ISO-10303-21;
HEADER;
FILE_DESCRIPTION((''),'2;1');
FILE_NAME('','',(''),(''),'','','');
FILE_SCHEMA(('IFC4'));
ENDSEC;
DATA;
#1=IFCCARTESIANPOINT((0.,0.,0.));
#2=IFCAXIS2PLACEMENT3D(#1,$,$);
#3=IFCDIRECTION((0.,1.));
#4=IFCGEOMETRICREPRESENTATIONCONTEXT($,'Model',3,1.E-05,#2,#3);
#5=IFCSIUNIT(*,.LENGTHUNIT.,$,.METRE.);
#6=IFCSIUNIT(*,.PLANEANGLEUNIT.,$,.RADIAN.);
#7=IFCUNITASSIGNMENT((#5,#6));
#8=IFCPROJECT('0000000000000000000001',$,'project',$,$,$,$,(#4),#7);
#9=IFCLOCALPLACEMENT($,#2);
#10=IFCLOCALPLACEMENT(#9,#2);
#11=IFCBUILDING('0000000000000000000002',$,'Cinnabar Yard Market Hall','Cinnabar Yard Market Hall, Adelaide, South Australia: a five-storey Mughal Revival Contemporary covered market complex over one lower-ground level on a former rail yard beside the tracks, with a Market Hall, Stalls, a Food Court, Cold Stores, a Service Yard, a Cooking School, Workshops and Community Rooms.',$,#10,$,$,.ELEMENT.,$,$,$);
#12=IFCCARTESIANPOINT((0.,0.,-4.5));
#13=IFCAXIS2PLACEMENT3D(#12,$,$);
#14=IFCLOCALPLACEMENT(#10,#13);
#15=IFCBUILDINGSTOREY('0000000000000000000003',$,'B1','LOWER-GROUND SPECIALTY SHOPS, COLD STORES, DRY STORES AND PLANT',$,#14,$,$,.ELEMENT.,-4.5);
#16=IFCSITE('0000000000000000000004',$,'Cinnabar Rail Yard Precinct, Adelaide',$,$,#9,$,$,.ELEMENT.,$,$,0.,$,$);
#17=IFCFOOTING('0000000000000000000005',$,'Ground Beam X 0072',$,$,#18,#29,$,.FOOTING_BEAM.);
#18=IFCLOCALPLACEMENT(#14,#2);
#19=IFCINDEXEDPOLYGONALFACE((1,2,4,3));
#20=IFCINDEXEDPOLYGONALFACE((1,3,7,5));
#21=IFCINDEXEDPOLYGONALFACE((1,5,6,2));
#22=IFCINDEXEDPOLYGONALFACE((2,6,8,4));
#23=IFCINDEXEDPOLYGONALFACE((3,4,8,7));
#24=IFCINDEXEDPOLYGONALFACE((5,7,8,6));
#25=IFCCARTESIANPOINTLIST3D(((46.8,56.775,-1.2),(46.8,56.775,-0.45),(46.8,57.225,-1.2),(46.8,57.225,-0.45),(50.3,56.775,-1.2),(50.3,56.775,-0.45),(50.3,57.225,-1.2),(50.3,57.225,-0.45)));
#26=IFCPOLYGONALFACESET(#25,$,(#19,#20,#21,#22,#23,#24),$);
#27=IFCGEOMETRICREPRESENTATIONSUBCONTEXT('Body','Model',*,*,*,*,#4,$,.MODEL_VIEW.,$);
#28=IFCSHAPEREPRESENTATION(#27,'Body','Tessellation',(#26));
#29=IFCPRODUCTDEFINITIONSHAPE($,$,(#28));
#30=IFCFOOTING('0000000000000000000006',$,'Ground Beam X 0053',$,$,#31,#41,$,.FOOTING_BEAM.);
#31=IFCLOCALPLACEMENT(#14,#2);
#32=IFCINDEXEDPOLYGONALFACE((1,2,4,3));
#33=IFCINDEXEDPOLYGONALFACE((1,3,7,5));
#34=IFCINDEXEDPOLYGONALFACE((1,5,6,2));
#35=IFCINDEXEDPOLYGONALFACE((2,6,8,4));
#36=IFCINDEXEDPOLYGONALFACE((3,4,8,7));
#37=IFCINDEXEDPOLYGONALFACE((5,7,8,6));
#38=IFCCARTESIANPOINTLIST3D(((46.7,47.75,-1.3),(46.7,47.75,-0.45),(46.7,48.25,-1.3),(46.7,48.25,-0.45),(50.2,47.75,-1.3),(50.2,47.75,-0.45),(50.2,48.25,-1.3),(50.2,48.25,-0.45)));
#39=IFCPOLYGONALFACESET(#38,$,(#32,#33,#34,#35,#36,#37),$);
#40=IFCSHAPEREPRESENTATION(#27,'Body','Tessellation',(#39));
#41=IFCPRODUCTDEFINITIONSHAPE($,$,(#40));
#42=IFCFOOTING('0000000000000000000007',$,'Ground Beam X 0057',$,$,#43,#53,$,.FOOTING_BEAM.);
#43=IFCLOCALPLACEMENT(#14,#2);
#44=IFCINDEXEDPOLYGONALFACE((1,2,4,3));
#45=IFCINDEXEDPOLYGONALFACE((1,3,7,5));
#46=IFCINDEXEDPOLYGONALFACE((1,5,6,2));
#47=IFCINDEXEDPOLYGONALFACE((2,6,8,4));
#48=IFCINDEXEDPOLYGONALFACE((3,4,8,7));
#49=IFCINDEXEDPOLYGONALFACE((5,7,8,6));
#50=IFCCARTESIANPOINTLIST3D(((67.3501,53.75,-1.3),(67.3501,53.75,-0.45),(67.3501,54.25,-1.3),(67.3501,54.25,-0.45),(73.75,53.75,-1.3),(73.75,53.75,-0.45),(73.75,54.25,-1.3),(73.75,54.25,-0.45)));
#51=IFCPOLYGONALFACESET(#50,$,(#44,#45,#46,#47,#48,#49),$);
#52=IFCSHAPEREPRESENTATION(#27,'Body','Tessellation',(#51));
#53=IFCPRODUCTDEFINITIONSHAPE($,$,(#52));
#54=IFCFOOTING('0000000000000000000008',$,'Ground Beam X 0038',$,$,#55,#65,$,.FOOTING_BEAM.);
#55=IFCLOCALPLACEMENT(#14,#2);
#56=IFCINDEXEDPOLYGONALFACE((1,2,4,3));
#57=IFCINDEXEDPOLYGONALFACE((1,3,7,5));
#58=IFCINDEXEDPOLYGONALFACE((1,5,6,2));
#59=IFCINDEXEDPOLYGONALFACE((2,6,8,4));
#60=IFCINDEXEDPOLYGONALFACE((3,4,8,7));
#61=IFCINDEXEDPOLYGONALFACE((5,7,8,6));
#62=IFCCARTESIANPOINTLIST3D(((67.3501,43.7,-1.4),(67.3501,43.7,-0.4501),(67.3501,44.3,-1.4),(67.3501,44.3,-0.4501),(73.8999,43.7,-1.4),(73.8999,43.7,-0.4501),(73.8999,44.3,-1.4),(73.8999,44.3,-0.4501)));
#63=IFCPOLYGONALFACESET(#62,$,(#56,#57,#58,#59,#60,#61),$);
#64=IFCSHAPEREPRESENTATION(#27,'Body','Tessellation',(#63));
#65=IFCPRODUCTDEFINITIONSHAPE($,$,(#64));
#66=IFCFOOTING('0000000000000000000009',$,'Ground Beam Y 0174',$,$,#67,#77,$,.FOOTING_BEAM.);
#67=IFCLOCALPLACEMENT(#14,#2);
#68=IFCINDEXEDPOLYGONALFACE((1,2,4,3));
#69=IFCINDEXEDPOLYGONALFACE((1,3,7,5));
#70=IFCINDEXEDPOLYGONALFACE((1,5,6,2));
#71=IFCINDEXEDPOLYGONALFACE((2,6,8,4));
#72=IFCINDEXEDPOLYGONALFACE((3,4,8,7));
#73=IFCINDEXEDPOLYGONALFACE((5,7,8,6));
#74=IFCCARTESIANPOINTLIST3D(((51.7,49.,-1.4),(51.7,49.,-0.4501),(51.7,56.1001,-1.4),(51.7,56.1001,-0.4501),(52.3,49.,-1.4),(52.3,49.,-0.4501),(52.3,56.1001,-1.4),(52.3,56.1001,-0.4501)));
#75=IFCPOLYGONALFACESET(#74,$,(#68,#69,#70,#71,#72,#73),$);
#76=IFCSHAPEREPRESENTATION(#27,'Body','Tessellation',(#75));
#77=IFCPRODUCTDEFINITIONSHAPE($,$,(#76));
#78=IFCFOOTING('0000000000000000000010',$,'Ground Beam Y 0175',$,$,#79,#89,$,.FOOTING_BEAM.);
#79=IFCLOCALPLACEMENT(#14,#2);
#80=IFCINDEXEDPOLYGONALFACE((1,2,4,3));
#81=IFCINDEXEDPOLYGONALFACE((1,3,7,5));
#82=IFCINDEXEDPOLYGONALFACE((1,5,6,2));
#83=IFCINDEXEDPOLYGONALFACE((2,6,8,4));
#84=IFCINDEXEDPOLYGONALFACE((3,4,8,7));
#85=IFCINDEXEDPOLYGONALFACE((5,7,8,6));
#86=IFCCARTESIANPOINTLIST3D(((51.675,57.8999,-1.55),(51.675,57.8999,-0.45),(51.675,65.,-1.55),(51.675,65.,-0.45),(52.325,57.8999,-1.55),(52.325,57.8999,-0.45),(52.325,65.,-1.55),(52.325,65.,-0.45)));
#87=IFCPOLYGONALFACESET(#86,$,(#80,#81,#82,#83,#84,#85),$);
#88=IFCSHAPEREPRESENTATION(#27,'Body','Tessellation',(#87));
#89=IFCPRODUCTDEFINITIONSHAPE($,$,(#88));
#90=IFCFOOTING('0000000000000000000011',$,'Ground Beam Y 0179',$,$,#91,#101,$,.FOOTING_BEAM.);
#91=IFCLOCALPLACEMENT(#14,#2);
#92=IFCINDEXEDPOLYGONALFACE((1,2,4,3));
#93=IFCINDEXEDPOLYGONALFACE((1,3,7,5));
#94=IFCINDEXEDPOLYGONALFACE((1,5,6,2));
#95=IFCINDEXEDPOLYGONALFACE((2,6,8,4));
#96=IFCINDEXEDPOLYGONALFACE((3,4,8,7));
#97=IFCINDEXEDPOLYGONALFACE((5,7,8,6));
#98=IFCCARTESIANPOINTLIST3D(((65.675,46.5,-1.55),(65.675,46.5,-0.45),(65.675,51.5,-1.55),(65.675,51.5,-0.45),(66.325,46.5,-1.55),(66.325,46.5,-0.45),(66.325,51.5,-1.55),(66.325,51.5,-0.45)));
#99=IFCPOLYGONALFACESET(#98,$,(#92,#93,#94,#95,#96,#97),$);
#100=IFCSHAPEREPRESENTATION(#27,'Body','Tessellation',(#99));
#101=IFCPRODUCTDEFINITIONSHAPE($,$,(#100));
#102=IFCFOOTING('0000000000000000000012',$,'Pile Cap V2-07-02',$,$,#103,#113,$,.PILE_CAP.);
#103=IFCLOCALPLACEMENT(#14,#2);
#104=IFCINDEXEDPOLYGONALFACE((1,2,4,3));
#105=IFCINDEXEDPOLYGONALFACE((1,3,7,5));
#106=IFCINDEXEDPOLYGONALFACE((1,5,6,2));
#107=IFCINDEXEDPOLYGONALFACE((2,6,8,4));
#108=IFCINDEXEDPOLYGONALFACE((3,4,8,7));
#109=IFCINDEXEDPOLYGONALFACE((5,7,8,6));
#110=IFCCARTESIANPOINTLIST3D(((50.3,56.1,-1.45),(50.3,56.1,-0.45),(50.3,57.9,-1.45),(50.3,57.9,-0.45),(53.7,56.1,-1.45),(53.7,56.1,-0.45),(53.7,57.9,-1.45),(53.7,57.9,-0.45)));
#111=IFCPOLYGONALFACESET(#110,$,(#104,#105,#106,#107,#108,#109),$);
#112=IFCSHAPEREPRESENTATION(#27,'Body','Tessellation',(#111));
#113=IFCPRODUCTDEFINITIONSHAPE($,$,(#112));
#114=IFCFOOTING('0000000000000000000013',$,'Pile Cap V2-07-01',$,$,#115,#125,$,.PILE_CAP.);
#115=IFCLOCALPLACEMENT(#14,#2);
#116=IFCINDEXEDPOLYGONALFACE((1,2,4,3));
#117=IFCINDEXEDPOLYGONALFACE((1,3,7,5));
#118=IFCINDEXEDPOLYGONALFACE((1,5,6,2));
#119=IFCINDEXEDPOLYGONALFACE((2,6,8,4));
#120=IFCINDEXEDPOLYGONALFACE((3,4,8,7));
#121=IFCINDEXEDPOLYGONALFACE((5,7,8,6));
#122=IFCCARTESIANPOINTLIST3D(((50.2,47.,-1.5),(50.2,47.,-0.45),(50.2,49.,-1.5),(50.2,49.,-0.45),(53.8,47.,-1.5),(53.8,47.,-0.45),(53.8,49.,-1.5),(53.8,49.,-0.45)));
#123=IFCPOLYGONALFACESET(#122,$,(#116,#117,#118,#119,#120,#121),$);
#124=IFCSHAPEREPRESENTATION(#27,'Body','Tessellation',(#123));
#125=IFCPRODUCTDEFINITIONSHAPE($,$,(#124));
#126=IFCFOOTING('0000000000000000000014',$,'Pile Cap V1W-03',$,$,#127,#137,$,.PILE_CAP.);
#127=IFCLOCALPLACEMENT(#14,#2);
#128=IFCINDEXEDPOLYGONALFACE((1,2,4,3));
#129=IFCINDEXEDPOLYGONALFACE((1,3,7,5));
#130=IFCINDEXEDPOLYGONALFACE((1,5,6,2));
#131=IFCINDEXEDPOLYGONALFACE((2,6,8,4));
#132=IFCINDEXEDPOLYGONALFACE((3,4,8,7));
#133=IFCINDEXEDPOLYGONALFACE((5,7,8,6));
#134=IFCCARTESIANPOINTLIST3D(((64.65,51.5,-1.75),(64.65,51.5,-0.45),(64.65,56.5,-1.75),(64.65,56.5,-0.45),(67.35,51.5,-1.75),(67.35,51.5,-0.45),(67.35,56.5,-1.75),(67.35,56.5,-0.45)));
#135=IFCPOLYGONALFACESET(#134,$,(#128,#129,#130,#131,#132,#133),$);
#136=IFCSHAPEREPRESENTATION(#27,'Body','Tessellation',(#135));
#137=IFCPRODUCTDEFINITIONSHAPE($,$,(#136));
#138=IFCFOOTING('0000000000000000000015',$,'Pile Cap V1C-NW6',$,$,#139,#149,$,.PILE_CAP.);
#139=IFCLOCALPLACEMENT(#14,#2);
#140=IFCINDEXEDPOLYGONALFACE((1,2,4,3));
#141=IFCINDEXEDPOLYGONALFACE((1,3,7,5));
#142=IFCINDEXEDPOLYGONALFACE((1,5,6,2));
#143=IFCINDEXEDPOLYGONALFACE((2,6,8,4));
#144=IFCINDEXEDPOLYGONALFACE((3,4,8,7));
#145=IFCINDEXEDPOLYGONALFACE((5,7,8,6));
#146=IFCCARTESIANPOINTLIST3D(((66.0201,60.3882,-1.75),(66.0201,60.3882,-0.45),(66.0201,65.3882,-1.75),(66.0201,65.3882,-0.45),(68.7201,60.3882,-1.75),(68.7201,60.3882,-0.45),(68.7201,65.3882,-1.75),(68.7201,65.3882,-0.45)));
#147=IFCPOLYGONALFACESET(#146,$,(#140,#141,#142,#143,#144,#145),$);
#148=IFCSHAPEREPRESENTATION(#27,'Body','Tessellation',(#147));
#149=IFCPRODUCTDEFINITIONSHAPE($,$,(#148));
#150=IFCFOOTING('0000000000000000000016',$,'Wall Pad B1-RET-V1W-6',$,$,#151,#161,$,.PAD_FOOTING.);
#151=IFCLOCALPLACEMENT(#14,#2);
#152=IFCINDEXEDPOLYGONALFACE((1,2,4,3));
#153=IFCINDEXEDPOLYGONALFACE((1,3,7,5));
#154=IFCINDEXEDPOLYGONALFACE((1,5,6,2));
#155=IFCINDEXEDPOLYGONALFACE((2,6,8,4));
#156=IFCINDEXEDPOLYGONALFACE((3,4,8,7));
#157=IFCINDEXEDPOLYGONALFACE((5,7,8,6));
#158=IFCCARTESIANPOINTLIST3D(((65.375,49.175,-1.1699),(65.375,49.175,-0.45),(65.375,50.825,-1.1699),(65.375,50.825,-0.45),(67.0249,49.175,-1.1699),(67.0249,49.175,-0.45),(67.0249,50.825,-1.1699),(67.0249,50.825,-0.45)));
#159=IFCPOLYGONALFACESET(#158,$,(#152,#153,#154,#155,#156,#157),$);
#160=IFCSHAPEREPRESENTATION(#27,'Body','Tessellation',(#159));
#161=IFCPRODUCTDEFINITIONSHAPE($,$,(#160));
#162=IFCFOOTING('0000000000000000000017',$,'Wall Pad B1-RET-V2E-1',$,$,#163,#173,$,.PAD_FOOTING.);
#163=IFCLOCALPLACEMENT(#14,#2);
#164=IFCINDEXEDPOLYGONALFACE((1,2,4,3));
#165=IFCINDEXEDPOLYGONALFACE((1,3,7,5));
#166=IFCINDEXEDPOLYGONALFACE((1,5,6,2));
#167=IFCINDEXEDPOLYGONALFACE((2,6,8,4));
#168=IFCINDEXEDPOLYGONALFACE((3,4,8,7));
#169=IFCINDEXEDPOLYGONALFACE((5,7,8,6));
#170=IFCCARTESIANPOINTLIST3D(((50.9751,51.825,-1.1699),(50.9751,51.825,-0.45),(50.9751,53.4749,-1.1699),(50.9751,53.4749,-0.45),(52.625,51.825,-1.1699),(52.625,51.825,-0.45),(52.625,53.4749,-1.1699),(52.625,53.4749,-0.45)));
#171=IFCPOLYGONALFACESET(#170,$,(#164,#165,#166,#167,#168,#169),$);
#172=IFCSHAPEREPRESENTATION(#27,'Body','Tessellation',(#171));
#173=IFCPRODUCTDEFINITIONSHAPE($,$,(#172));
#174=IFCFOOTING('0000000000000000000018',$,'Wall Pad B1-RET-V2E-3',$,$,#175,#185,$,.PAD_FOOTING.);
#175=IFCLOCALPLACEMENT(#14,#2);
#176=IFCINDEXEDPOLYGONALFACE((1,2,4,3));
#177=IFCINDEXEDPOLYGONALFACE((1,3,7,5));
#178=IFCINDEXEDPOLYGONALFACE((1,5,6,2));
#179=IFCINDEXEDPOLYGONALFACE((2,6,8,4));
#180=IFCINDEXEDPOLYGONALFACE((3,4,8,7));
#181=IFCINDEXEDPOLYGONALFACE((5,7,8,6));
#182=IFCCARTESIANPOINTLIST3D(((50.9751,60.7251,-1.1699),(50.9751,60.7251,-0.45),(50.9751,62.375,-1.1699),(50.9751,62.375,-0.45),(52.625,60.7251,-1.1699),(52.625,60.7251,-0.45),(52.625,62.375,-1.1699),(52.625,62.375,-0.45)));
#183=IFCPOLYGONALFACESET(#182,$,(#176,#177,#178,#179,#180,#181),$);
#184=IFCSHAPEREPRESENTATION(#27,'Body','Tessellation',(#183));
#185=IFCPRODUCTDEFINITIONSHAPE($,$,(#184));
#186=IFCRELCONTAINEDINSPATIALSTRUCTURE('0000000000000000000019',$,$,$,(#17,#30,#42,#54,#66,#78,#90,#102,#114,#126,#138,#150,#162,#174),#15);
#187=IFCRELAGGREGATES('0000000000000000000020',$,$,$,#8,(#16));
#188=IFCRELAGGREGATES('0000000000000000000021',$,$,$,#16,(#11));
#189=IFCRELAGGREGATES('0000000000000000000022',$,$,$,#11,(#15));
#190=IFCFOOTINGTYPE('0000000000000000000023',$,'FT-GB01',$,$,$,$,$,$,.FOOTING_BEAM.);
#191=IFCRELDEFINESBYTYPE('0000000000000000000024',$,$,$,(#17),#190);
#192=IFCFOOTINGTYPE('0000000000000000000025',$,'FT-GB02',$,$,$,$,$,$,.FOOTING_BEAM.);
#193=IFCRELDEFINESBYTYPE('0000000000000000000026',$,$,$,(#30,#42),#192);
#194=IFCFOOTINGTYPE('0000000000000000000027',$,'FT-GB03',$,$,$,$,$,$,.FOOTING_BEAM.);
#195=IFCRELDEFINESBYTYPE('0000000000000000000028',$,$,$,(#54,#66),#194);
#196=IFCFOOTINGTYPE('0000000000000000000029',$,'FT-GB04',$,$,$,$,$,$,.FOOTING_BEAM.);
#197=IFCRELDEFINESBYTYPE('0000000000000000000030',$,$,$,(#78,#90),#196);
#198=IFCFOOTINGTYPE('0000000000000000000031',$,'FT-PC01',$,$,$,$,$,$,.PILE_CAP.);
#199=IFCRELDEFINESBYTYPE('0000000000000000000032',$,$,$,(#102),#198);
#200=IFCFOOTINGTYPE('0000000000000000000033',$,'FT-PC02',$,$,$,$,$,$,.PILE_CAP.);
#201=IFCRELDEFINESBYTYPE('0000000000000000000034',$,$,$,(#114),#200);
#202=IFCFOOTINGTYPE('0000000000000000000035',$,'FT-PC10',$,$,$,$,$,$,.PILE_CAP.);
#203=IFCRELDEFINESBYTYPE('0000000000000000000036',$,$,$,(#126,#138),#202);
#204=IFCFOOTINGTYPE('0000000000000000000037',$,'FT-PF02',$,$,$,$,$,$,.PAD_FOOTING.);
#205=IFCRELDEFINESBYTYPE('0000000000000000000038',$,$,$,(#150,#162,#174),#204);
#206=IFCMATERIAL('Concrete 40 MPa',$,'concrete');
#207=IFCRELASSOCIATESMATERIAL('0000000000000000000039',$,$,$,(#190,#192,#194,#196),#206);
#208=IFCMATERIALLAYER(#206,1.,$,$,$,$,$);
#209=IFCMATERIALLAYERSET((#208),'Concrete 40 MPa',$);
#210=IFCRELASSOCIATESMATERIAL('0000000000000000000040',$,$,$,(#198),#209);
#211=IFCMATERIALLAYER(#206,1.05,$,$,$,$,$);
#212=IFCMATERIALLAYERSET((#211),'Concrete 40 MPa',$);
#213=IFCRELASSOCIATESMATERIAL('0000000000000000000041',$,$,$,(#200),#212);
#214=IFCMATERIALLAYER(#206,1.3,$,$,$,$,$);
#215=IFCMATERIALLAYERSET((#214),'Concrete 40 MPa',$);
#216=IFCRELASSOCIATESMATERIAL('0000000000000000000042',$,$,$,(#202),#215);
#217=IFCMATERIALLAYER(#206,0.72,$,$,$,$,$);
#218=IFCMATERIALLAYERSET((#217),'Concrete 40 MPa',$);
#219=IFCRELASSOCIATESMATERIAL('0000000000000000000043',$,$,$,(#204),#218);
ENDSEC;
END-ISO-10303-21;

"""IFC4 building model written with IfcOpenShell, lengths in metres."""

from ifc_helpers import new_model, si_unit, direction, frame, origin, origin_2d_with_axis, place, context, subcontext, project, spatial, rectangle, extrude, material, layer, layer_set, material_profile, profile_set, type_object, element, save


model = new_model("IFC4")

# Units and contexts
model_context = context("Model", 3, precision=1e-05, world=origin(), true_north=direction((0.0, 1.0)))
body_context = subcontext(model_context, "Body", "Model", "MODEL_VIEW")
ifc_project = project(units=[si_unit("LENGTHUNIT", "METRE"), si_unit("PLANEANGLEUNIT", "RADIAN")], contexts=[model_context])

# Site, building, storey
site_placement = place(None, origin())
site = spatial("IfcSite", under=ifc_project, at=site_placement, Name="Cinnabar Rail Yard Precinct, Adelaide", CompositionType="ELEMENT", RefElevation=0.0)
building_placement = place(site_placement, origin())
building = spatial("IfcBuilding", under=site, at=building_placement, Name="Cinnabar Yard Market Hall", Description="Cinnabar Yard Market Hall, Adelaide, South Australia: a five-storey Mughal Revival Contemporary covered market complex over one lower-ground level on a former rail yard beside the tracks, with a Market Hall, Stalls, a Food Court, Cold Stores, a Service Yard, a Cooking School, Workshops and Community Rooms.", CompositionType="ELEMENT")
storey_placement = place(building_placement, frame((0.0, 0.0, -4.5)))
storey = spatial("IfcBuildingStorey", under=building, at=storey_placement, Name="B1", Description="LOWER-GROUND SPECIALTY SHOPS, COLD STORES, DRY STORES AND PLANT", CompositionType="ELEMENT", Elevation=-4.5)

# Footings
ifc_material_1 = material(Name="Concrete 40 MPa", Category="concrete")
ifc_material_profile_1 = material_profile(ifc_material_1, rectangle(XDim=0.45, YDim=0.75, at=origin_2d_with_axis()), Name="GB-450x750")
ifc_profile_set_1 = profile_set([ifc_material_profile_1], Name="Concrete 40 MPa")
footing_type_1 = type_object("IfcFootingType", Name="FT-GB01", PredefinedType="FOOTING_BEAM", material=ifc_profile_set_1)
footing_1_placement = place(storey_placement, frame((46.8, 57.0, -0.825), z_axis=(1.0, 0.0, 0.0), x_axis=(0.0, 1.0, 0.0)))
element("IfcFooting", 1, at=footing_1_placement, inside=storey, type_object=footing_type_1, Name="Ground Beam X 0072", PredefinedType="FOOTING_BEAM", context=body_context, shape_type="SweptSolid", body=[
    extrude(rectangle(XDim=0.45, YDim=0.75, at=origin_2d_with_axis()), origin(), (0.0, 0.0, 1.0), 3.5),
])
ifc_material_profile_2 = material_profile(ifc_material_1, rectangle(XDim=0.5, YDim=0.8501, at=origin_2d_with_axis()), Name="GB-500x850")
ifc_profile_set_2 = profile_set([ifc_material_profile_2], Name="Concrete 40 MPa")
footing_type_2 = type_object("IfcFootingType", Name="FT-GB02", PredefinedType="FOOTING_BEAM", material=ifc_profile_set_2)
footing_2_placement = place(storey_placement, frame((46.7, 48.0, -0.875), z_axis=(1.0, 0.0, 0.0), x_axis=(0.0, 1.0, 0.0)))
element("IfcFooting", 2, at=footing_2_placement, inside=storey, type_object=footing_type_2, Name="Ground Beam X 0053", PredefinedType="FOOTING_BEAM", context=body_context, shape_type="SweptSolid", body=[
    extrude(rectangle(XDim=0.5, YDim=0.8501, at=origin_2d_with_axis()), origin(), (0.0, 0.0, 1.0), 3.5),
])
footing_3_placement = place(storey_placement, frame((67.3501, 54.0, -0.875), z_axis=(1.0, 0.0, 0.0), x_axis=(0.0, 1.0, 0.0)))
element("IfcFooting", 3, at=footing_3_placement, inside=storey, type_object=footing_type_2, Name="Ground Beam X 0057", PredefinedType="FOOTING_BEAM", context=body_context, shape_type="SweptSolid", body=[
    extrude(rectangle(XDim=0.5, YDim=0.8501, at=origin_2d_with_axis()), origin(), (0.0, 0.0, 1.0), 6.3999),
])
ifc_material_profile_3 = material_profile(ifc_material_1, rectangle(XDim=0.6001, YDim=0.95, at=origin_2d_with_axis()), Name="GB-600x950")
ifc_profile_set_3 = profile_set([ifc_material_profile_3], Name="Concrete 40 MPa")
footing_type_3 = type_object("IfcFootingType", Name="FT-GB03", PredefinedType="FOOTING_BEAM", material=ifc_profile_set_3)
footing_4_placement = place(storey_placement, frame((67.3501, 44.0, -0.925), z_axis=(1.0, 0.0, 0.0), x_axis=(0.0, 1.0, 0.0)))
element("IfcFooting", 4, at=footing_4_placement, inside=storey, type_object=footing_type_3, Name="Ground Beam X 0038", PredefinedType="FOOTING_BEAM", context=body_context, shape_type="SweptSolid", body=[
    extrude(rectangle(XDim=0.6001, YDim=0.95, at=origin_2d_with_axis()), origin(), (0.0, 0.0, 1.0), 6.5498),
])
footing_5_placement = place(storey_placement, frame((52.0, 49.0, -0.925), z_axis=(0.0, 1.0, 0.0), x_axis=(-1.0, 0.0, 0.0)))
element("IfcFooting", 5, at=footing_5_placement, inside=storey, type_object=footing_type_3, Name="Ground Beam Y 0174", PredefinedType="FOOTING_BEAM", context=body_context, shape_type="SweptSolid", body=[
    extrude(rectangle(XDim=0.6001, YDim=0.95, at=origin_2d_with_axis()), origin(), (0.0, 0.0, 1.0), 7.1001),
])
ifc_material_profile_4 = material_profile(ifc_material_1, rectangle(XDim=0.6499, YDim=1.1001, at=origin_2d_with_axis()), Name="GB-650x1100")
ifc_profile_set_4 = profile_set([ifc_material_profile_4], Name="Concrete 40 MPa")
footing_type_4 = type_object("IfcFootingType", Name="FT-GB04", PredefinedType="FOOTING_BEAM", material=ifc_profile_set_4)
footing_6_placement = place(storey_placement, frame((52.0, 57.8999, -1.0), z_axis=(0.0, 1.0, 0.0), x_axis=(-1.0, 0.0, 0.0)))
element("IfcFooting", 6, at=footing_6_placement, inside=storey, type_object=footing_type_4, Name="Ground Beam Y 0175", PredefinedType="FOOTING_BEAM", context=body_context, shape_type="SweptSolid", body=[
    extrude(rectangle(XDim=0.6499, YDim=1.1001, at=origin_2d_with_axis()), origin(), (0.0, 0.0, 1.0), 7.1001),
])
footing_7_placement = place(storey_placement, frame((66.0, 46.5, -1.0), z_axis=(0.0, 1.0, 0.0), x_axis=(-1.0, 0.0, 0.0)))
element("IfcFooting", 7, at=footing_7_placement, inside=storey, type_object=footing_type_4, Name="Ground Beam Y 0179", PredefinedType="FOOTING_BEAM", context=body_context, shape_type="SweptSolid", body=[
    extrude(rectangle(XDim=0.6499, YDim=1.1001, at=origin_2d_with_axis()), origin(), (0.0, 0.0, 1.0), 5.0),
])
ifc_layer_1 = layer(ifc_material_1, 1.0)
ifc_layer_set_1 = layer_set([ifc_layer_1], Name="Concrete 40 MPa")
footing_type_5 = type_object("IfcFootingType", Name="FT-PC01", PredefinedType="PILE_CAP", material=ifc_layer_set_1)
footing_8_placement = place(storey_placement, frame((52.0, 57.0, -1.45), z_axis=(0.0, 0.0, 1.0), x_axis=(1.0, 0.0, 0.0)))
element("IfcFooting", 8, at=footing_8_placement, inside=storey, type_object=footing_type_5, Name="Pile Cap V2-07-02", PredefinedType="PILE_CAP", context=body_context, shape_type="SweptSolid", body=[
    extrude(rectangle(XDim=3.3999, YDim=1.8, at=origin_2d_with_axis()), origin(), (0.0, 0.0, 1.0), 1.0),
])
ifc_layer_2 = layer(ifc_material_1, 1.05)
ifc_layer_set_2 = layer_set([ifc_layer_2], Name="Concrete 40 MPa")
footing_type_6 = type_object("IfcFootingType", Name="FT-PC02", PredefinedType="PILE_CAP", material=ifc_layer_set_2)
footing_9_placement = place(storey_placement, frame((52.0, 48.0, -1.5), z_axis=(0.0, 0.0, 1.0), x_axis=(1.0, 0.0, 0.0)))
element("IfcFooting", 9, at=footing_9_placement, inside=storey, type_object=footing_type_6, Name="Pile Cap V2-07-01", PredefinedType="PILE_CAP", context=body_context, shape_type="SweptSolid", body=[
    extrude(rectangle(XDim=3.6001, YDim=2.0, at=origin_2d_with_axis()), origin(), (0.0, 0.0, 1.0), 1.05),
])
ifc_layer_3 = layer(ifc_material_1, 1.3)
ifc_layer_set_3 = layer_set([ifc_layer_3], Name="Concrete 40 MPa")
footing_type_7 = type_object("IfcFootingType", Name="FT-PC10", PredefinedType="PILE_CAP", material=ifc_layer_set_3)
for number, where, z_axis, x_axis, name in (
    (10, (66.0, 54.0, -1.75), (0.0, 0.0, 1.0), (1.0, 0.0, 0.0), "Pile Cap V1W-03"),
    (11, (67.3701, 62.8882, -1.75), (0.0, 0.0, 1.0), (1.0, 0.0, 0.0), "Pile Cap V1C-NW6"),
):
    element("IfcFooting", number, at=place(storey_placement, frame(where, z_axis=z_axis, x_axis=x_axis)), inside=storey, type_object=footing_type_7, Name=name, PredefinedType="PILE_CAP", context=body_context, shape_type="SweptSolid", body=[
        extrude(rectangle(XDim=2.7, YDim=5.0, at=origin_2d_with_axis()), origin(), (0.0, 0.0, 1.0), 1.3),
    ])
ifc_layer_4 = layer(ifc_material_1, 0.72)
ifc_layer_set_4 = layer_set([ifc_layer_4], Name="Concrete 40 MPa")
footing_type_8 = type_object("IfcFootingType", Name="FT-PF02", PredefinedType="PAD_FOOTING", material=ifc_layer_set_4)
for number, where, z_axis, x_axis, name in (
    (12, (66.2, 50.0, -1.1699), (0.0, 0.0, 1.0), (1.0, 0.0, 0.0), "Wall Pad B1-RET-V1W-6"),
    (13, (51.8, 52.6499, -1.1699), (0.0, 0.0, 1.0), (1.0, 0.0, 0.0), "Wall Pad B1-RET-V2E-1"),
    (14, (51.8, 61.55, -1.1699), (0.0, 0.0, 1.0), (1.0, 0.0, 0.0), "Wall Pad B1-RET-V2E-3"),
):
    element("IfcFooting", number, at=place(storey_placement, frame(where, z_axis=z_axis, x_axis=x_axis)), inside=storey, type_object=footing_type_8, Name=name, PredefinedType="PAD_FOOTING", context=body_context, shape_type="SweptSolid", body=[
        extrude(rectangle(XDim=1.6499, YDim=1.6499, at=origin_2d_with_axis()), origin(), (0.0, 0.0, 1.0), 0.72),
    ])

save(model, "model.ifc")
